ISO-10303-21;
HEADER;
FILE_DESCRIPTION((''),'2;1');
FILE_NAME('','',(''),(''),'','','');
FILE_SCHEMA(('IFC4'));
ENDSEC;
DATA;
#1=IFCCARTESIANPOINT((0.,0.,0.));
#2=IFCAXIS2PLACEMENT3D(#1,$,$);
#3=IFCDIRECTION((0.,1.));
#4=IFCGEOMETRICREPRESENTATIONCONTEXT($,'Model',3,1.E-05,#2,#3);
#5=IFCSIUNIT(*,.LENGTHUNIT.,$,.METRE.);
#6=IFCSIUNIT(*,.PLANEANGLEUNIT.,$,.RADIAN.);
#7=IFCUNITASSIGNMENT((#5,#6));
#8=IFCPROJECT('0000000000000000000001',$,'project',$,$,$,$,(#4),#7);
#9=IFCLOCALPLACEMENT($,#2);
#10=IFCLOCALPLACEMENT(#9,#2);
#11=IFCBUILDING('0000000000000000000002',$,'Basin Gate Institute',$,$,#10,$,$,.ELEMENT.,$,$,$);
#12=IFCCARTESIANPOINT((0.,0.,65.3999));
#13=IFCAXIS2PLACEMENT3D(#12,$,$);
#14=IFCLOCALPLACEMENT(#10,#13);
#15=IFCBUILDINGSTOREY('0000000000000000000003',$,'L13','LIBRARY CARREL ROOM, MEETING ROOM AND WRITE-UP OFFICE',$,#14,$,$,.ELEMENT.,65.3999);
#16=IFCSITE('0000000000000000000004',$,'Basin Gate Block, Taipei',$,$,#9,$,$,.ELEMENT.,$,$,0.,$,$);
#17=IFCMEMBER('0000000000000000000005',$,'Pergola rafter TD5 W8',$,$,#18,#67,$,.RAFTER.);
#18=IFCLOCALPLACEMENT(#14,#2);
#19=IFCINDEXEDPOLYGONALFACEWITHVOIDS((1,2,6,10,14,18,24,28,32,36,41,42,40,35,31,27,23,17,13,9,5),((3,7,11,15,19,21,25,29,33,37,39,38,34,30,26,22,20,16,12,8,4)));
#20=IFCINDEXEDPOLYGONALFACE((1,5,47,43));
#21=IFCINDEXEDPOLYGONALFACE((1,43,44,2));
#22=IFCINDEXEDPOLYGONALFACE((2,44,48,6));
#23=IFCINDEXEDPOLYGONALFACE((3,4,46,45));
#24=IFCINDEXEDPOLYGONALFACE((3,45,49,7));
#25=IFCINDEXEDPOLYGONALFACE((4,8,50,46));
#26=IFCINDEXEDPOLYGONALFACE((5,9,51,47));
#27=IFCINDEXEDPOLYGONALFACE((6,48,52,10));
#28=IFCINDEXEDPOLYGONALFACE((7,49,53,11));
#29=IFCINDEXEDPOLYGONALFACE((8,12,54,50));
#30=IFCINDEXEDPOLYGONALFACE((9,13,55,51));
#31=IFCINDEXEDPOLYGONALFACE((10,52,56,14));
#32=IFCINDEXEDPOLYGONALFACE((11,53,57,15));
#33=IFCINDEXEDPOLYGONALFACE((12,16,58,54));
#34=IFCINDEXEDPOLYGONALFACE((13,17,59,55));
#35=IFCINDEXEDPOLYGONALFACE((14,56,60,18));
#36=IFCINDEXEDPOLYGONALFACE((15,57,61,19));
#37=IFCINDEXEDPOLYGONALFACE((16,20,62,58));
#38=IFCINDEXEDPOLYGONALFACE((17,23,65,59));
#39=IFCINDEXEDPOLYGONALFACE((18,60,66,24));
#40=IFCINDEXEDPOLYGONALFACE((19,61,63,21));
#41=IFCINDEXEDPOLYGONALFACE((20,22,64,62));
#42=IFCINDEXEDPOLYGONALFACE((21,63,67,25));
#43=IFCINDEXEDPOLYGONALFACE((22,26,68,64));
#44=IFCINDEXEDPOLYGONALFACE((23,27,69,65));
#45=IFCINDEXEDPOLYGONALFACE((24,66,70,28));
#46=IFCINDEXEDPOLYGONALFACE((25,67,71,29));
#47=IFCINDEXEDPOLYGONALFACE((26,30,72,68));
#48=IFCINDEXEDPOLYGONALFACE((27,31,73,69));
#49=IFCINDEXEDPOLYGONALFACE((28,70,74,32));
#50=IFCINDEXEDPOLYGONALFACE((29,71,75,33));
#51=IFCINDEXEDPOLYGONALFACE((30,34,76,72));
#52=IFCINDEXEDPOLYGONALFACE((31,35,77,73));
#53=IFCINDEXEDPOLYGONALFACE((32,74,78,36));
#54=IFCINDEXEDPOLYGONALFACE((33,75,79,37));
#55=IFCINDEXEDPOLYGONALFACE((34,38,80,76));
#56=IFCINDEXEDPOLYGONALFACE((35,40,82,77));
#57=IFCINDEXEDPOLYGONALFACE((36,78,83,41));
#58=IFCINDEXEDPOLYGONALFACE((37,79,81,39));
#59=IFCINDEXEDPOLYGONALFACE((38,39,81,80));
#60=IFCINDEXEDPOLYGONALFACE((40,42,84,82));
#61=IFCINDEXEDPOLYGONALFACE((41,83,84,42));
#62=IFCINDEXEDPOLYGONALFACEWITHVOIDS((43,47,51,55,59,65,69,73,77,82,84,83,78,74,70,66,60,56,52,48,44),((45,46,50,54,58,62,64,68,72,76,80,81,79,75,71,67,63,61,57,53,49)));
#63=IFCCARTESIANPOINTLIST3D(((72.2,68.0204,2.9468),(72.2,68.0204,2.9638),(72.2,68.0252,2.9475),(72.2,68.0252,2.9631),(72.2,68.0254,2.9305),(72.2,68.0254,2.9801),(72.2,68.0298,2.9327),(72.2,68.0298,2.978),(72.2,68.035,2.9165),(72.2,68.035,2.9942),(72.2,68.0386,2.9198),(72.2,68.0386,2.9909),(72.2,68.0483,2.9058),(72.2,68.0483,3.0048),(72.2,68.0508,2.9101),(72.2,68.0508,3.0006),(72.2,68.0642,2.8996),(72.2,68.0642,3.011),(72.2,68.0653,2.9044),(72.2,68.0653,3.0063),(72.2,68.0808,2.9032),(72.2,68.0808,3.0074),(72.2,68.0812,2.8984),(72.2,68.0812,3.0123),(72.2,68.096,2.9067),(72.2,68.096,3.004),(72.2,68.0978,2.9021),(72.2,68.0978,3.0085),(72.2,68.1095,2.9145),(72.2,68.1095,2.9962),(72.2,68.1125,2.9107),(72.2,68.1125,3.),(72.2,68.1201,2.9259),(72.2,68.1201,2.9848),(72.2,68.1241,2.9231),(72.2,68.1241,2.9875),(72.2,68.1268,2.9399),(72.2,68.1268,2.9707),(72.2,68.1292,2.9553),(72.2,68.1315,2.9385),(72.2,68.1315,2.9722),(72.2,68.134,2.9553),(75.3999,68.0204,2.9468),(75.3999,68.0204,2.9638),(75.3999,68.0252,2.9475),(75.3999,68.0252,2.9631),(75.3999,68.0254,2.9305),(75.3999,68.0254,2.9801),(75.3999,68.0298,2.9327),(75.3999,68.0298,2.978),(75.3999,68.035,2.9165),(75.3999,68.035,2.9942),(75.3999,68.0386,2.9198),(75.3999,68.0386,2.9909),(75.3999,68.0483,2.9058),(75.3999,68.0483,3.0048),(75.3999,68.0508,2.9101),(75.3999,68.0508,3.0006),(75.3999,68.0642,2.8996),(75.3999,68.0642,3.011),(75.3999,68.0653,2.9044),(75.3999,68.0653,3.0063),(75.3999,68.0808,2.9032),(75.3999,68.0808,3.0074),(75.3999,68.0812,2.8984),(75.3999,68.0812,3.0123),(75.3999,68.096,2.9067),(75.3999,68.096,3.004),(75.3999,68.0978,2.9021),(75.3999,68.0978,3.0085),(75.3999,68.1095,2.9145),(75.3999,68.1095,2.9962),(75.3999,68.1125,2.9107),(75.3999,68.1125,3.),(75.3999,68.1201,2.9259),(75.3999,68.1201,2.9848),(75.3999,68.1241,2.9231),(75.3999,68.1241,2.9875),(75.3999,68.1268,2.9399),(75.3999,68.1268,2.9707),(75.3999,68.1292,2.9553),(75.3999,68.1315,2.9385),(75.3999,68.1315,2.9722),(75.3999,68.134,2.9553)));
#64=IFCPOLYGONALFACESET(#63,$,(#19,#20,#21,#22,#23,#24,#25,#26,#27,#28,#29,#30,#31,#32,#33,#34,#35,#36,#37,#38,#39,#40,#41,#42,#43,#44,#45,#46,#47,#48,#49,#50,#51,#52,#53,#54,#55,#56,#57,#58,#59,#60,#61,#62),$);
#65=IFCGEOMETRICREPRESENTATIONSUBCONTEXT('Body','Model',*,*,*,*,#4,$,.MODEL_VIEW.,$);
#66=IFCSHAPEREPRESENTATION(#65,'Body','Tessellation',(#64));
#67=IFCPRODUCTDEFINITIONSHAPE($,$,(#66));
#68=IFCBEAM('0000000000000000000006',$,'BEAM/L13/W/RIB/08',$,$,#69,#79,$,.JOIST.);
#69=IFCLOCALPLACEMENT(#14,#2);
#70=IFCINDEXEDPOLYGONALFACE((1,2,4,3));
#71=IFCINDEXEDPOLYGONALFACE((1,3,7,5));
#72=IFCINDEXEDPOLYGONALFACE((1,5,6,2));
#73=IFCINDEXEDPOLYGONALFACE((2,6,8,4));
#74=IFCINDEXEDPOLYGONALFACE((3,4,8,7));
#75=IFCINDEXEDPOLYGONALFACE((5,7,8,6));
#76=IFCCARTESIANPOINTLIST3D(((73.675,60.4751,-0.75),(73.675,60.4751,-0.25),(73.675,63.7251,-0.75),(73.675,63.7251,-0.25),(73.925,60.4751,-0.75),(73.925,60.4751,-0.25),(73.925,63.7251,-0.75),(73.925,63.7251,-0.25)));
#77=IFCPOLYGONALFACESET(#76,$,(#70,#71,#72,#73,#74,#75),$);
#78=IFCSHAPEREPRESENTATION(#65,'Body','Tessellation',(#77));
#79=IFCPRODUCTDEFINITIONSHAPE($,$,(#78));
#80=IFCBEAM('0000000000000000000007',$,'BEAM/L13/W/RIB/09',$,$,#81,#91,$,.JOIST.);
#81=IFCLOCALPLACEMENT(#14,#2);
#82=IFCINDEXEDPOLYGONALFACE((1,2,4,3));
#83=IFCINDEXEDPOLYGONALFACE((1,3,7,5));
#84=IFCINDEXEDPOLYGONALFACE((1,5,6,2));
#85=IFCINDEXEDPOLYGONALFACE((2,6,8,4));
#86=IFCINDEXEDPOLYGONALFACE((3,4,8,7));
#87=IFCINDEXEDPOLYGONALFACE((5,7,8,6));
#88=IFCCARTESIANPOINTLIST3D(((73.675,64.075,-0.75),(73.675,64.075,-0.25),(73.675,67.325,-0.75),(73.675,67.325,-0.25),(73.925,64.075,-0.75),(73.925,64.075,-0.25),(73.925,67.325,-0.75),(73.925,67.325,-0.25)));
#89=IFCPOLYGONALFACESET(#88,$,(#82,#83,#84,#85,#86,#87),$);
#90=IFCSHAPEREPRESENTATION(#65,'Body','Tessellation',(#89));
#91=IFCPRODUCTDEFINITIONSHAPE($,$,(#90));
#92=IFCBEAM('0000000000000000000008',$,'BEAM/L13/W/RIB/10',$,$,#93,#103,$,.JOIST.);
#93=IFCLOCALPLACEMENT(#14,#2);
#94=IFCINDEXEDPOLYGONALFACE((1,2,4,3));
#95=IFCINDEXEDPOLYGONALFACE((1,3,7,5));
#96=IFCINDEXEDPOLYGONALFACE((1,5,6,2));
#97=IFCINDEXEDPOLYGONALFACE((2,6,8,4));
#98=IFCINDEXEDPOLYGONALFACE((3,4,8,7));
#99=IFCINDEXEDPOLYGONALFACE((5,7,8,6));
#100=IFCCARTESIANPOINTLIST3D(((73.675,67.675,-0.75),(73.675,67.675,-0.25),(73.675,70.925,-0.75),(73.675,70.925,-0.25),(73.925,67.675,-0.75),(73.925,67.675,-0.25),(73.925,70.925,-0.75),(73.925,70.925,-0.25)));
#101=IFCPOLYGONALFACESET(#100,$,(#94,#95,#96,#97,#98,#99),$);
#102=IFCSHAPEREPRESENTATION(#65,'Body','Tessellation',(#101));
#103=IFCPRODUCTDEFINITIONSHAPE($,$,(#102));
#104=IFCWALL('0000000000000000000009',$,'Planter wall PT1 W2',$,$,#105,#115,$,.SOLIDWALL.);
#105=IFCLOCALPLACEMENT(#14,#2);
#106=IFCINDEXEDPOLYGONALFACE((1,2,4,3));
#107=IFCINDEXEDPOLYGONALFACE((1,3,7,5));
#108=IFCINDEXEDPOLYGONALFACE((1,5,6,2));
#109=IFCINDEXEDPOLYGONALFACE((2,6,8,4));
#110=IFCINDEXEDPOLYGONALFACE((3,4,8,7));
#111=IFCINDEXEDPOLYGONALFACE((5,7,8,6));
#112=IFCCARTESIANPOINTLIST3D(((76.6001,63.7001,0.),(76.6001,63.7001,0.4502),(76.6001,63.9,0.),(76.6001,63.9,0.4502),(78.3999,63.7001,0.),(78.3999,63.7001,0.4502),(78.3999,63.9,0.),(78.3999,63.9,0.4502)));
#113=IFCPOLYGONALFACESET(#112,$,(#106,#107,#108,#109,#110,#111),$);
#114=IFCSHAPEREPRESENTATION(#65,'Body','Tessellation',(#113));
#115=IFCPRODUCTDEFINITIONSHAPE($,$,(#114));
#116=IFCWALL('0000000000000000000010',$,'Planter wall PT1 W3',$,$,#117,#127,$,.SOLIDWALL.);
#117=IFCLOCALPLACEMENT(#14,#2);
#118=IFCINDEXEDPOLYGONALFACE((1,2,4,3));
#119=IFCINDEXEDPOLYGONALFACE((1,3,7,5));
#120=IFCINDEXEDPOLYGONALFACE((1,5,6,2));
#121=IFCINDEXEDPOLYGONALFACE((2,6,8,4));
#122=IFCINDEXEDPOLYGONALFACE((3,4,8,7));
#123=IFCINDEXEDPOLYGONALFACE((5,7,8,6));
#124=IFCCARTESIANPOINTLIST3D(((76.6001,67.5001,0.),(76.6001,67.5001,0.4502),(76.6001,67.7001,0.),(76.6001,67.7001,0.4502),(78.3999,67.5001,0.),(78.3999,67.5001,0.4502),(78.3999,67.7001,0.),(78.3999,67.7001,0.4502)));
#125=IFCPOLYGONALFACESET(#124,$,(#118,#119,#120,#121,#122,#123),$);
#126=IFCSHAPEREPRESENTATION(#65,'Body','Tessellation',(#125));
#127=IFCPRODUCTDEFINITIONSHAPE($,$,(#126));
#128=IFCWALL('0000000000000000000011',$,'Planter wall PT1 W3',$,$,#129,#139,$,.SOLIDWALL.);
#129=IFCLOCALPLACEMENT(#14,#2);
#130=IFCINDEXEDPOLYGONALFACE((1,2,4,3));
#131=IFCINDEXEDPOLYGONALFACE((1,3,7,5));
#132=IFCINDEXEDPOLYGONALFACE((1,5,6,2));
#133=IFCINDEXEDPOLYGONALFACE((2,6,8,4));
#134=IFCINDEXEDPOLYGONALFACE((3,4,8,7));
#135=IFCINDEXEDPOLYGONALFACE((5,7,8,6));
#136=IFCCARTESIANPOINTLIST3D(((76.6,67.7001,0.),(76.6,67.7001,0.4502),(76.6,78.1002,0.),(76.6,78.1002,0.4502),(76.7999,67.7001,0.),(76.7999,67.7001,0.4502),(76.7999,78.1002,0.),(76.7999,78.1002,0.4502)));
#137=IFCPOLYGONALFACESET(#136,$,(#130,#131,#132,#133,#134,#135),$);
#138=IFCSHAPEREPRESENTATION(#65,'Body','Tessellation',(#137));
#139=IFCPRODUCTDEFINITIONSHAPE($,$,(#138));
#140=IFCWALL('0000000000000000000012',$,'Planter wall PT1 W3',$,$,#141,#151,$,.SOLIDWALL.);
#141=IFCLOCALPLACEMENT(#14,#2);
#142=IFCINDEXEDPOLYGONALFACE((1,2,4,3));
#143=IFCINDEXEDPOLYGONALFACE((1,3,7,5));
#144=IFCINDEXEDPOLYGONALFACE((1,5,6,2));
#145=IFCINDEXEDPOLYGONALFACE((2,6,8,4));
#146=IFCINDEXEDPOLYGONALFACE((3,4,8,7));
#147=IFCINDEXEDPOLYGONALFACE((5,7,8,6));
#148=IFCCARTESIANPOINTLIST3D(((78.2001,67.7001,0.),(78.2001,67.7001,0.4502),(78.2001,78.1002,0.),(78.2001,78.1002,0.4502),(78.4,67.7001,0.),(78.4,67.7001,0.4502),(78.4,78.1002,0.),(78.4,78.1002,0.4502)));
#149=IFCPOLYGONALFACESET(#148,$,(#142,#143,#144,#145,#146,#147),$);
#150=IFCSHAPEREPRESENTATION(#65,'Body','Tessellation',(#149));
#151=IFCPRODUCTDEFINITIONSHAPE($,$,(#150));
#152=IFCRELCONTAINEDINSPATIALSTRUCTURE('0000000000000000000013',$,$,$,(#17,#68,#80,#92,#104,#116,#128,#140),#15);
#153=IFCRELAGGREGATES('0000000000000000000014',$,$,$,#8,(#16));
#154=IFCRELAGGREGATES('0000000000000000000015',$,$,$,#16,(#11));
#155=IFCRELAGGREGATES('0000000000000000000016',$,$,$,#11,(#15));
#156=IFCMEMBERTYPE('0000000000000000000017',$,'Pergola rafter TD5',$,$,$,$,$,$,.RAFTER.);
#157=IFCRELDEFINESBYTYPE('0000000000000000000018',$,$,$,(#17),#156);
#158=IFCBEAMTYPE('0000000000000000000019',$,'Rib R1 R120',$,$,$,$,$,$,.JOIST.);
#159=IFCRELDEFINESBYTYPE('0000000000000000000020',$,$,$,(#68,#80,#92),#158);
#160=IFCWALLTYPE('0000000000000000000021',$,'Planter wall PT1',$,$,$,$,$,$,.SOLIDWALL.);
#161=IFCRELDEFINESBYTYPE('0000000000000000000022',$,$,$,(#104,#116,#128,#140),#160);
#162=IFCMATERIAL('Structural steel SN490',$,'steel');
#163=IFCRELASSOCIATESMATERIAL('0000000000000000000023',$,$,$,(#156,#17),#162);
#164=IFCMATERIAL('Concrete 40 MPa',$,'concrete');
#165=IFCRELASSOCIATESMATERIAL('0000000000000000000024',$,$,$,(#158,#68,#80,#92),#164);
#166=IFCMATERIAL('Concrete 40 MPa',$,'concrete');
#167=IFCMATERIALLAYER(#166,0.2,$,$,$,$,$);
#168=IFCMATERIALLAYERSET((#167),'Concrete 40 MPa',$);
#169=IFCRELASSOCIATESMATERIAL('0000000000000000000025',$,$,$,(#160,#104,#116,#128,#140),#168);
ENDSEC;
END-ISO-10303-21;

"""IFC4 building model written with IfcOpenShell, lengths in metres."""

from ifc_helpers import new_model, si_unit, direction, frame, frame_2d, origin, origin_2d, place, context, subcontext, project, spatial, rectangle, hollow_circle, extrude, material, layer, layer_set, material_profile, profile_set, type_object, element, save


model = new_model("IFC4")

# Units and contexts
model_context = context("Model", 3, precision=1e-05, world=origin(), true_north=direction((0.0, 1.0)))
body_context = subcontext(model_context, "Body", "Model", "MODEL_VIEW")
ifc_project = project(units=[si_unit("LENGTHUNIT", "METRE"), si_unit("PLANEANGLEUNIT", "RADIAN")], contexts=[model_context])

# Site, building, storey
site_placement = place(None, origin())
site = spatial("IfcSite", under=ifc_project, at=site_placement, Name="Basin Gate Block, Taipei", CompositionType="ELEMENT", RefElevation=0.0)
building_placement = place(site_placement, origin())
building = spatial("IfcBuilding", under=site, at=building_placement, Name="Basin Gate Institute", CompositionType="ELEMENT")
storey_placement = place(building_placement, frame((0.0, 0.0, 65.3999)))
storey = spatial("IfcBuildingStorey", under=building, at=storey_placement, Name="L13", Description="LIBRARY CARREL ROOM, MEETING ROOM AND WRITE-UP OFFICE", CompositionType="ELEMENT", Elevation=65.3999)

# Member
ifc_material_1 = material(Name="Structural steel SN490", Category="steel")
ifc_material_profile_1 = material_profile(ifc_material_1, hollow_circle(Radius=0.0571, WallThickness=0.0049, at=origin_2d()), Name="CHS114x5")
ifc_profile_set_1 = profile_set([ifc_material_profile_1], Name="Structural steel SN490")
member_type = type_object("IfcMemberType", Name="Pergola rafter TD5", PredefinedType="RAFTER", material=ifc_profile_set_1)
for number, where, z_axis, x_axis, name in (
    (1, (72.2, 68.0769, 2.9553), (1.0, 0.0, 0.0), (0.0, 1.0, 0.0), "Pergola rafter TD5 W8"),
):
    element("IfcMember", number, at=place(storey_placement, frame(where, z_axis=z_axis, x_axis=x_axis)), inside=storey, type_object=member_type, material=ifc_profile_set_1, Name=name, PredefinedType="RAFTER", context=body_context, shape_type="SweptSolid", body=[
        extrude(hollow_circle(Radius=0.0571, WallThickness=0.0049, at=origin_2d()), origin(), (0.0, 0.0, 1.0), 3.2),
    ])

# Beams
ifc_material_2 = material(Name="Concrete 40 MPa", Category="concrete")
ifc_material_profile_2 = material_profile(ifc_material_2, rectangle(XDim=0.25, YDim=0.5, at=origin_2d()), Name="Rib R1 250 x 500")
ifc_profile_set_2 = profile_set([ifc_material_profile_2], Name="Concrete 40 MPa")
beam_type_1 = type_object("IfcBeamType", Name="Rib R1 R120", PredefinedType="JOIST", material=ifc_profile_set_2)
for number, where, z_axis, x_axis, name in (
    (2, (73.8, 60.4751, -0.5), (0.0, 1.0, 0.0), (-1.0, 0.0, 0.0), "BEAM/L13/W/RIB/08"),
    (3, (73.8, 64.075, -0.5), (0.0, 1.0, 0.0), (-1.0, 0.0, 0.0), "BEAM/L13/W/RIB/09"),
    (4, (73.8, 67.675, -0.5), (0.0, 1.0, 0.0), (-1.0, 0.0, 0.0), "BEAM/L13/W/RIB/10"),
):
    element("IfcBeam", number, at=place(storey_placement, frame(where, z_axis=z_axis, x_axis=x_axis)), inside=storey, type_object=beam_type_1, material=ifc_profile_set_2, Name=name, PredefinedType="JOIST", context=body_context, shape_type="SweptSolid", body=[
        extrude(rectangle(XDim=0.25, YDim=0.5, at=origin_2d()), origin(), (0.0, 0.0, 1.0), 3.25),
    ])

# Walls
ifc_material_3 = material(Name="Concrete 40 MPa", Category="concrete")
ifc_layer = layer(ifc_material_3, 0.2)
ifc_layer_set = layer_set([ifc_layer], Name="Concrete 40 MPa")
wall_type = type_object("IfcWallType", Name="Planter wall PT1", PredefinedType="SOLIDWALL", material=ifc_layer_set)
for number, where, z_axis, x_axis, name in (
    (5, (76.6001, 63.8, 0.0), (0.0, 0.0, 1.0), (1.0, 0.0, 0.0), "Planter wall PT1 W2"),
    (6, (76.6001, 67.6001, 0.0), (0.0, 0.0, 1.0), (1.0, 0.0, 0.0), "Planter wall PT1 W3"),
):
    element("IfcWall", number, at=place(storey_placement, frame(where, z_axis=z_axis, x_axis=x_axis)), inside=storey, type_object=wall_type, material=ifc_layer_set, Name=name, PredefinedType="SOLIDWALL", context=body_context, shape_type="SweptSolid", body=[
        extrude(rectangle(XDim=1.7998, YDim=0.2, at=frame_2d((0.8999, 0.0))), origin(), (0.0, 0.0, 1.0), 0.4502),
    ])
for number, where, z_axis, x_axis, name in (
    (7, (76.7, 67.7, 0.0), (0.0, 0.0, 1.0), (0.0, 1.0, 0.0), "Planter wall PT1 W3"),
    (8, (78.3, 67.7, 0.0), (0.0, 0.0, 1.0), (0.0, 1.0, 0.0), "Planter wall PT1 W3"),
):
    element("IfcWall", number, at=place(storey_placement, frame(where, z_axis=z_axis, x_axis=x_axis)), inside=storey, type_object=wall_type, material=ifc_layer_set, Name=name, PredefinedType="SOLIDWALL", context=body_context, shape_type="SweptSolid", body=[
        extrude(rectangle(XDim=10.4001, YDim=0.2, at=frame_2d((5.2002, 0.0))), origin(), (0.0, 0.0, 1.0), 0.4502),
    ])

save(model, "model.ifc")
